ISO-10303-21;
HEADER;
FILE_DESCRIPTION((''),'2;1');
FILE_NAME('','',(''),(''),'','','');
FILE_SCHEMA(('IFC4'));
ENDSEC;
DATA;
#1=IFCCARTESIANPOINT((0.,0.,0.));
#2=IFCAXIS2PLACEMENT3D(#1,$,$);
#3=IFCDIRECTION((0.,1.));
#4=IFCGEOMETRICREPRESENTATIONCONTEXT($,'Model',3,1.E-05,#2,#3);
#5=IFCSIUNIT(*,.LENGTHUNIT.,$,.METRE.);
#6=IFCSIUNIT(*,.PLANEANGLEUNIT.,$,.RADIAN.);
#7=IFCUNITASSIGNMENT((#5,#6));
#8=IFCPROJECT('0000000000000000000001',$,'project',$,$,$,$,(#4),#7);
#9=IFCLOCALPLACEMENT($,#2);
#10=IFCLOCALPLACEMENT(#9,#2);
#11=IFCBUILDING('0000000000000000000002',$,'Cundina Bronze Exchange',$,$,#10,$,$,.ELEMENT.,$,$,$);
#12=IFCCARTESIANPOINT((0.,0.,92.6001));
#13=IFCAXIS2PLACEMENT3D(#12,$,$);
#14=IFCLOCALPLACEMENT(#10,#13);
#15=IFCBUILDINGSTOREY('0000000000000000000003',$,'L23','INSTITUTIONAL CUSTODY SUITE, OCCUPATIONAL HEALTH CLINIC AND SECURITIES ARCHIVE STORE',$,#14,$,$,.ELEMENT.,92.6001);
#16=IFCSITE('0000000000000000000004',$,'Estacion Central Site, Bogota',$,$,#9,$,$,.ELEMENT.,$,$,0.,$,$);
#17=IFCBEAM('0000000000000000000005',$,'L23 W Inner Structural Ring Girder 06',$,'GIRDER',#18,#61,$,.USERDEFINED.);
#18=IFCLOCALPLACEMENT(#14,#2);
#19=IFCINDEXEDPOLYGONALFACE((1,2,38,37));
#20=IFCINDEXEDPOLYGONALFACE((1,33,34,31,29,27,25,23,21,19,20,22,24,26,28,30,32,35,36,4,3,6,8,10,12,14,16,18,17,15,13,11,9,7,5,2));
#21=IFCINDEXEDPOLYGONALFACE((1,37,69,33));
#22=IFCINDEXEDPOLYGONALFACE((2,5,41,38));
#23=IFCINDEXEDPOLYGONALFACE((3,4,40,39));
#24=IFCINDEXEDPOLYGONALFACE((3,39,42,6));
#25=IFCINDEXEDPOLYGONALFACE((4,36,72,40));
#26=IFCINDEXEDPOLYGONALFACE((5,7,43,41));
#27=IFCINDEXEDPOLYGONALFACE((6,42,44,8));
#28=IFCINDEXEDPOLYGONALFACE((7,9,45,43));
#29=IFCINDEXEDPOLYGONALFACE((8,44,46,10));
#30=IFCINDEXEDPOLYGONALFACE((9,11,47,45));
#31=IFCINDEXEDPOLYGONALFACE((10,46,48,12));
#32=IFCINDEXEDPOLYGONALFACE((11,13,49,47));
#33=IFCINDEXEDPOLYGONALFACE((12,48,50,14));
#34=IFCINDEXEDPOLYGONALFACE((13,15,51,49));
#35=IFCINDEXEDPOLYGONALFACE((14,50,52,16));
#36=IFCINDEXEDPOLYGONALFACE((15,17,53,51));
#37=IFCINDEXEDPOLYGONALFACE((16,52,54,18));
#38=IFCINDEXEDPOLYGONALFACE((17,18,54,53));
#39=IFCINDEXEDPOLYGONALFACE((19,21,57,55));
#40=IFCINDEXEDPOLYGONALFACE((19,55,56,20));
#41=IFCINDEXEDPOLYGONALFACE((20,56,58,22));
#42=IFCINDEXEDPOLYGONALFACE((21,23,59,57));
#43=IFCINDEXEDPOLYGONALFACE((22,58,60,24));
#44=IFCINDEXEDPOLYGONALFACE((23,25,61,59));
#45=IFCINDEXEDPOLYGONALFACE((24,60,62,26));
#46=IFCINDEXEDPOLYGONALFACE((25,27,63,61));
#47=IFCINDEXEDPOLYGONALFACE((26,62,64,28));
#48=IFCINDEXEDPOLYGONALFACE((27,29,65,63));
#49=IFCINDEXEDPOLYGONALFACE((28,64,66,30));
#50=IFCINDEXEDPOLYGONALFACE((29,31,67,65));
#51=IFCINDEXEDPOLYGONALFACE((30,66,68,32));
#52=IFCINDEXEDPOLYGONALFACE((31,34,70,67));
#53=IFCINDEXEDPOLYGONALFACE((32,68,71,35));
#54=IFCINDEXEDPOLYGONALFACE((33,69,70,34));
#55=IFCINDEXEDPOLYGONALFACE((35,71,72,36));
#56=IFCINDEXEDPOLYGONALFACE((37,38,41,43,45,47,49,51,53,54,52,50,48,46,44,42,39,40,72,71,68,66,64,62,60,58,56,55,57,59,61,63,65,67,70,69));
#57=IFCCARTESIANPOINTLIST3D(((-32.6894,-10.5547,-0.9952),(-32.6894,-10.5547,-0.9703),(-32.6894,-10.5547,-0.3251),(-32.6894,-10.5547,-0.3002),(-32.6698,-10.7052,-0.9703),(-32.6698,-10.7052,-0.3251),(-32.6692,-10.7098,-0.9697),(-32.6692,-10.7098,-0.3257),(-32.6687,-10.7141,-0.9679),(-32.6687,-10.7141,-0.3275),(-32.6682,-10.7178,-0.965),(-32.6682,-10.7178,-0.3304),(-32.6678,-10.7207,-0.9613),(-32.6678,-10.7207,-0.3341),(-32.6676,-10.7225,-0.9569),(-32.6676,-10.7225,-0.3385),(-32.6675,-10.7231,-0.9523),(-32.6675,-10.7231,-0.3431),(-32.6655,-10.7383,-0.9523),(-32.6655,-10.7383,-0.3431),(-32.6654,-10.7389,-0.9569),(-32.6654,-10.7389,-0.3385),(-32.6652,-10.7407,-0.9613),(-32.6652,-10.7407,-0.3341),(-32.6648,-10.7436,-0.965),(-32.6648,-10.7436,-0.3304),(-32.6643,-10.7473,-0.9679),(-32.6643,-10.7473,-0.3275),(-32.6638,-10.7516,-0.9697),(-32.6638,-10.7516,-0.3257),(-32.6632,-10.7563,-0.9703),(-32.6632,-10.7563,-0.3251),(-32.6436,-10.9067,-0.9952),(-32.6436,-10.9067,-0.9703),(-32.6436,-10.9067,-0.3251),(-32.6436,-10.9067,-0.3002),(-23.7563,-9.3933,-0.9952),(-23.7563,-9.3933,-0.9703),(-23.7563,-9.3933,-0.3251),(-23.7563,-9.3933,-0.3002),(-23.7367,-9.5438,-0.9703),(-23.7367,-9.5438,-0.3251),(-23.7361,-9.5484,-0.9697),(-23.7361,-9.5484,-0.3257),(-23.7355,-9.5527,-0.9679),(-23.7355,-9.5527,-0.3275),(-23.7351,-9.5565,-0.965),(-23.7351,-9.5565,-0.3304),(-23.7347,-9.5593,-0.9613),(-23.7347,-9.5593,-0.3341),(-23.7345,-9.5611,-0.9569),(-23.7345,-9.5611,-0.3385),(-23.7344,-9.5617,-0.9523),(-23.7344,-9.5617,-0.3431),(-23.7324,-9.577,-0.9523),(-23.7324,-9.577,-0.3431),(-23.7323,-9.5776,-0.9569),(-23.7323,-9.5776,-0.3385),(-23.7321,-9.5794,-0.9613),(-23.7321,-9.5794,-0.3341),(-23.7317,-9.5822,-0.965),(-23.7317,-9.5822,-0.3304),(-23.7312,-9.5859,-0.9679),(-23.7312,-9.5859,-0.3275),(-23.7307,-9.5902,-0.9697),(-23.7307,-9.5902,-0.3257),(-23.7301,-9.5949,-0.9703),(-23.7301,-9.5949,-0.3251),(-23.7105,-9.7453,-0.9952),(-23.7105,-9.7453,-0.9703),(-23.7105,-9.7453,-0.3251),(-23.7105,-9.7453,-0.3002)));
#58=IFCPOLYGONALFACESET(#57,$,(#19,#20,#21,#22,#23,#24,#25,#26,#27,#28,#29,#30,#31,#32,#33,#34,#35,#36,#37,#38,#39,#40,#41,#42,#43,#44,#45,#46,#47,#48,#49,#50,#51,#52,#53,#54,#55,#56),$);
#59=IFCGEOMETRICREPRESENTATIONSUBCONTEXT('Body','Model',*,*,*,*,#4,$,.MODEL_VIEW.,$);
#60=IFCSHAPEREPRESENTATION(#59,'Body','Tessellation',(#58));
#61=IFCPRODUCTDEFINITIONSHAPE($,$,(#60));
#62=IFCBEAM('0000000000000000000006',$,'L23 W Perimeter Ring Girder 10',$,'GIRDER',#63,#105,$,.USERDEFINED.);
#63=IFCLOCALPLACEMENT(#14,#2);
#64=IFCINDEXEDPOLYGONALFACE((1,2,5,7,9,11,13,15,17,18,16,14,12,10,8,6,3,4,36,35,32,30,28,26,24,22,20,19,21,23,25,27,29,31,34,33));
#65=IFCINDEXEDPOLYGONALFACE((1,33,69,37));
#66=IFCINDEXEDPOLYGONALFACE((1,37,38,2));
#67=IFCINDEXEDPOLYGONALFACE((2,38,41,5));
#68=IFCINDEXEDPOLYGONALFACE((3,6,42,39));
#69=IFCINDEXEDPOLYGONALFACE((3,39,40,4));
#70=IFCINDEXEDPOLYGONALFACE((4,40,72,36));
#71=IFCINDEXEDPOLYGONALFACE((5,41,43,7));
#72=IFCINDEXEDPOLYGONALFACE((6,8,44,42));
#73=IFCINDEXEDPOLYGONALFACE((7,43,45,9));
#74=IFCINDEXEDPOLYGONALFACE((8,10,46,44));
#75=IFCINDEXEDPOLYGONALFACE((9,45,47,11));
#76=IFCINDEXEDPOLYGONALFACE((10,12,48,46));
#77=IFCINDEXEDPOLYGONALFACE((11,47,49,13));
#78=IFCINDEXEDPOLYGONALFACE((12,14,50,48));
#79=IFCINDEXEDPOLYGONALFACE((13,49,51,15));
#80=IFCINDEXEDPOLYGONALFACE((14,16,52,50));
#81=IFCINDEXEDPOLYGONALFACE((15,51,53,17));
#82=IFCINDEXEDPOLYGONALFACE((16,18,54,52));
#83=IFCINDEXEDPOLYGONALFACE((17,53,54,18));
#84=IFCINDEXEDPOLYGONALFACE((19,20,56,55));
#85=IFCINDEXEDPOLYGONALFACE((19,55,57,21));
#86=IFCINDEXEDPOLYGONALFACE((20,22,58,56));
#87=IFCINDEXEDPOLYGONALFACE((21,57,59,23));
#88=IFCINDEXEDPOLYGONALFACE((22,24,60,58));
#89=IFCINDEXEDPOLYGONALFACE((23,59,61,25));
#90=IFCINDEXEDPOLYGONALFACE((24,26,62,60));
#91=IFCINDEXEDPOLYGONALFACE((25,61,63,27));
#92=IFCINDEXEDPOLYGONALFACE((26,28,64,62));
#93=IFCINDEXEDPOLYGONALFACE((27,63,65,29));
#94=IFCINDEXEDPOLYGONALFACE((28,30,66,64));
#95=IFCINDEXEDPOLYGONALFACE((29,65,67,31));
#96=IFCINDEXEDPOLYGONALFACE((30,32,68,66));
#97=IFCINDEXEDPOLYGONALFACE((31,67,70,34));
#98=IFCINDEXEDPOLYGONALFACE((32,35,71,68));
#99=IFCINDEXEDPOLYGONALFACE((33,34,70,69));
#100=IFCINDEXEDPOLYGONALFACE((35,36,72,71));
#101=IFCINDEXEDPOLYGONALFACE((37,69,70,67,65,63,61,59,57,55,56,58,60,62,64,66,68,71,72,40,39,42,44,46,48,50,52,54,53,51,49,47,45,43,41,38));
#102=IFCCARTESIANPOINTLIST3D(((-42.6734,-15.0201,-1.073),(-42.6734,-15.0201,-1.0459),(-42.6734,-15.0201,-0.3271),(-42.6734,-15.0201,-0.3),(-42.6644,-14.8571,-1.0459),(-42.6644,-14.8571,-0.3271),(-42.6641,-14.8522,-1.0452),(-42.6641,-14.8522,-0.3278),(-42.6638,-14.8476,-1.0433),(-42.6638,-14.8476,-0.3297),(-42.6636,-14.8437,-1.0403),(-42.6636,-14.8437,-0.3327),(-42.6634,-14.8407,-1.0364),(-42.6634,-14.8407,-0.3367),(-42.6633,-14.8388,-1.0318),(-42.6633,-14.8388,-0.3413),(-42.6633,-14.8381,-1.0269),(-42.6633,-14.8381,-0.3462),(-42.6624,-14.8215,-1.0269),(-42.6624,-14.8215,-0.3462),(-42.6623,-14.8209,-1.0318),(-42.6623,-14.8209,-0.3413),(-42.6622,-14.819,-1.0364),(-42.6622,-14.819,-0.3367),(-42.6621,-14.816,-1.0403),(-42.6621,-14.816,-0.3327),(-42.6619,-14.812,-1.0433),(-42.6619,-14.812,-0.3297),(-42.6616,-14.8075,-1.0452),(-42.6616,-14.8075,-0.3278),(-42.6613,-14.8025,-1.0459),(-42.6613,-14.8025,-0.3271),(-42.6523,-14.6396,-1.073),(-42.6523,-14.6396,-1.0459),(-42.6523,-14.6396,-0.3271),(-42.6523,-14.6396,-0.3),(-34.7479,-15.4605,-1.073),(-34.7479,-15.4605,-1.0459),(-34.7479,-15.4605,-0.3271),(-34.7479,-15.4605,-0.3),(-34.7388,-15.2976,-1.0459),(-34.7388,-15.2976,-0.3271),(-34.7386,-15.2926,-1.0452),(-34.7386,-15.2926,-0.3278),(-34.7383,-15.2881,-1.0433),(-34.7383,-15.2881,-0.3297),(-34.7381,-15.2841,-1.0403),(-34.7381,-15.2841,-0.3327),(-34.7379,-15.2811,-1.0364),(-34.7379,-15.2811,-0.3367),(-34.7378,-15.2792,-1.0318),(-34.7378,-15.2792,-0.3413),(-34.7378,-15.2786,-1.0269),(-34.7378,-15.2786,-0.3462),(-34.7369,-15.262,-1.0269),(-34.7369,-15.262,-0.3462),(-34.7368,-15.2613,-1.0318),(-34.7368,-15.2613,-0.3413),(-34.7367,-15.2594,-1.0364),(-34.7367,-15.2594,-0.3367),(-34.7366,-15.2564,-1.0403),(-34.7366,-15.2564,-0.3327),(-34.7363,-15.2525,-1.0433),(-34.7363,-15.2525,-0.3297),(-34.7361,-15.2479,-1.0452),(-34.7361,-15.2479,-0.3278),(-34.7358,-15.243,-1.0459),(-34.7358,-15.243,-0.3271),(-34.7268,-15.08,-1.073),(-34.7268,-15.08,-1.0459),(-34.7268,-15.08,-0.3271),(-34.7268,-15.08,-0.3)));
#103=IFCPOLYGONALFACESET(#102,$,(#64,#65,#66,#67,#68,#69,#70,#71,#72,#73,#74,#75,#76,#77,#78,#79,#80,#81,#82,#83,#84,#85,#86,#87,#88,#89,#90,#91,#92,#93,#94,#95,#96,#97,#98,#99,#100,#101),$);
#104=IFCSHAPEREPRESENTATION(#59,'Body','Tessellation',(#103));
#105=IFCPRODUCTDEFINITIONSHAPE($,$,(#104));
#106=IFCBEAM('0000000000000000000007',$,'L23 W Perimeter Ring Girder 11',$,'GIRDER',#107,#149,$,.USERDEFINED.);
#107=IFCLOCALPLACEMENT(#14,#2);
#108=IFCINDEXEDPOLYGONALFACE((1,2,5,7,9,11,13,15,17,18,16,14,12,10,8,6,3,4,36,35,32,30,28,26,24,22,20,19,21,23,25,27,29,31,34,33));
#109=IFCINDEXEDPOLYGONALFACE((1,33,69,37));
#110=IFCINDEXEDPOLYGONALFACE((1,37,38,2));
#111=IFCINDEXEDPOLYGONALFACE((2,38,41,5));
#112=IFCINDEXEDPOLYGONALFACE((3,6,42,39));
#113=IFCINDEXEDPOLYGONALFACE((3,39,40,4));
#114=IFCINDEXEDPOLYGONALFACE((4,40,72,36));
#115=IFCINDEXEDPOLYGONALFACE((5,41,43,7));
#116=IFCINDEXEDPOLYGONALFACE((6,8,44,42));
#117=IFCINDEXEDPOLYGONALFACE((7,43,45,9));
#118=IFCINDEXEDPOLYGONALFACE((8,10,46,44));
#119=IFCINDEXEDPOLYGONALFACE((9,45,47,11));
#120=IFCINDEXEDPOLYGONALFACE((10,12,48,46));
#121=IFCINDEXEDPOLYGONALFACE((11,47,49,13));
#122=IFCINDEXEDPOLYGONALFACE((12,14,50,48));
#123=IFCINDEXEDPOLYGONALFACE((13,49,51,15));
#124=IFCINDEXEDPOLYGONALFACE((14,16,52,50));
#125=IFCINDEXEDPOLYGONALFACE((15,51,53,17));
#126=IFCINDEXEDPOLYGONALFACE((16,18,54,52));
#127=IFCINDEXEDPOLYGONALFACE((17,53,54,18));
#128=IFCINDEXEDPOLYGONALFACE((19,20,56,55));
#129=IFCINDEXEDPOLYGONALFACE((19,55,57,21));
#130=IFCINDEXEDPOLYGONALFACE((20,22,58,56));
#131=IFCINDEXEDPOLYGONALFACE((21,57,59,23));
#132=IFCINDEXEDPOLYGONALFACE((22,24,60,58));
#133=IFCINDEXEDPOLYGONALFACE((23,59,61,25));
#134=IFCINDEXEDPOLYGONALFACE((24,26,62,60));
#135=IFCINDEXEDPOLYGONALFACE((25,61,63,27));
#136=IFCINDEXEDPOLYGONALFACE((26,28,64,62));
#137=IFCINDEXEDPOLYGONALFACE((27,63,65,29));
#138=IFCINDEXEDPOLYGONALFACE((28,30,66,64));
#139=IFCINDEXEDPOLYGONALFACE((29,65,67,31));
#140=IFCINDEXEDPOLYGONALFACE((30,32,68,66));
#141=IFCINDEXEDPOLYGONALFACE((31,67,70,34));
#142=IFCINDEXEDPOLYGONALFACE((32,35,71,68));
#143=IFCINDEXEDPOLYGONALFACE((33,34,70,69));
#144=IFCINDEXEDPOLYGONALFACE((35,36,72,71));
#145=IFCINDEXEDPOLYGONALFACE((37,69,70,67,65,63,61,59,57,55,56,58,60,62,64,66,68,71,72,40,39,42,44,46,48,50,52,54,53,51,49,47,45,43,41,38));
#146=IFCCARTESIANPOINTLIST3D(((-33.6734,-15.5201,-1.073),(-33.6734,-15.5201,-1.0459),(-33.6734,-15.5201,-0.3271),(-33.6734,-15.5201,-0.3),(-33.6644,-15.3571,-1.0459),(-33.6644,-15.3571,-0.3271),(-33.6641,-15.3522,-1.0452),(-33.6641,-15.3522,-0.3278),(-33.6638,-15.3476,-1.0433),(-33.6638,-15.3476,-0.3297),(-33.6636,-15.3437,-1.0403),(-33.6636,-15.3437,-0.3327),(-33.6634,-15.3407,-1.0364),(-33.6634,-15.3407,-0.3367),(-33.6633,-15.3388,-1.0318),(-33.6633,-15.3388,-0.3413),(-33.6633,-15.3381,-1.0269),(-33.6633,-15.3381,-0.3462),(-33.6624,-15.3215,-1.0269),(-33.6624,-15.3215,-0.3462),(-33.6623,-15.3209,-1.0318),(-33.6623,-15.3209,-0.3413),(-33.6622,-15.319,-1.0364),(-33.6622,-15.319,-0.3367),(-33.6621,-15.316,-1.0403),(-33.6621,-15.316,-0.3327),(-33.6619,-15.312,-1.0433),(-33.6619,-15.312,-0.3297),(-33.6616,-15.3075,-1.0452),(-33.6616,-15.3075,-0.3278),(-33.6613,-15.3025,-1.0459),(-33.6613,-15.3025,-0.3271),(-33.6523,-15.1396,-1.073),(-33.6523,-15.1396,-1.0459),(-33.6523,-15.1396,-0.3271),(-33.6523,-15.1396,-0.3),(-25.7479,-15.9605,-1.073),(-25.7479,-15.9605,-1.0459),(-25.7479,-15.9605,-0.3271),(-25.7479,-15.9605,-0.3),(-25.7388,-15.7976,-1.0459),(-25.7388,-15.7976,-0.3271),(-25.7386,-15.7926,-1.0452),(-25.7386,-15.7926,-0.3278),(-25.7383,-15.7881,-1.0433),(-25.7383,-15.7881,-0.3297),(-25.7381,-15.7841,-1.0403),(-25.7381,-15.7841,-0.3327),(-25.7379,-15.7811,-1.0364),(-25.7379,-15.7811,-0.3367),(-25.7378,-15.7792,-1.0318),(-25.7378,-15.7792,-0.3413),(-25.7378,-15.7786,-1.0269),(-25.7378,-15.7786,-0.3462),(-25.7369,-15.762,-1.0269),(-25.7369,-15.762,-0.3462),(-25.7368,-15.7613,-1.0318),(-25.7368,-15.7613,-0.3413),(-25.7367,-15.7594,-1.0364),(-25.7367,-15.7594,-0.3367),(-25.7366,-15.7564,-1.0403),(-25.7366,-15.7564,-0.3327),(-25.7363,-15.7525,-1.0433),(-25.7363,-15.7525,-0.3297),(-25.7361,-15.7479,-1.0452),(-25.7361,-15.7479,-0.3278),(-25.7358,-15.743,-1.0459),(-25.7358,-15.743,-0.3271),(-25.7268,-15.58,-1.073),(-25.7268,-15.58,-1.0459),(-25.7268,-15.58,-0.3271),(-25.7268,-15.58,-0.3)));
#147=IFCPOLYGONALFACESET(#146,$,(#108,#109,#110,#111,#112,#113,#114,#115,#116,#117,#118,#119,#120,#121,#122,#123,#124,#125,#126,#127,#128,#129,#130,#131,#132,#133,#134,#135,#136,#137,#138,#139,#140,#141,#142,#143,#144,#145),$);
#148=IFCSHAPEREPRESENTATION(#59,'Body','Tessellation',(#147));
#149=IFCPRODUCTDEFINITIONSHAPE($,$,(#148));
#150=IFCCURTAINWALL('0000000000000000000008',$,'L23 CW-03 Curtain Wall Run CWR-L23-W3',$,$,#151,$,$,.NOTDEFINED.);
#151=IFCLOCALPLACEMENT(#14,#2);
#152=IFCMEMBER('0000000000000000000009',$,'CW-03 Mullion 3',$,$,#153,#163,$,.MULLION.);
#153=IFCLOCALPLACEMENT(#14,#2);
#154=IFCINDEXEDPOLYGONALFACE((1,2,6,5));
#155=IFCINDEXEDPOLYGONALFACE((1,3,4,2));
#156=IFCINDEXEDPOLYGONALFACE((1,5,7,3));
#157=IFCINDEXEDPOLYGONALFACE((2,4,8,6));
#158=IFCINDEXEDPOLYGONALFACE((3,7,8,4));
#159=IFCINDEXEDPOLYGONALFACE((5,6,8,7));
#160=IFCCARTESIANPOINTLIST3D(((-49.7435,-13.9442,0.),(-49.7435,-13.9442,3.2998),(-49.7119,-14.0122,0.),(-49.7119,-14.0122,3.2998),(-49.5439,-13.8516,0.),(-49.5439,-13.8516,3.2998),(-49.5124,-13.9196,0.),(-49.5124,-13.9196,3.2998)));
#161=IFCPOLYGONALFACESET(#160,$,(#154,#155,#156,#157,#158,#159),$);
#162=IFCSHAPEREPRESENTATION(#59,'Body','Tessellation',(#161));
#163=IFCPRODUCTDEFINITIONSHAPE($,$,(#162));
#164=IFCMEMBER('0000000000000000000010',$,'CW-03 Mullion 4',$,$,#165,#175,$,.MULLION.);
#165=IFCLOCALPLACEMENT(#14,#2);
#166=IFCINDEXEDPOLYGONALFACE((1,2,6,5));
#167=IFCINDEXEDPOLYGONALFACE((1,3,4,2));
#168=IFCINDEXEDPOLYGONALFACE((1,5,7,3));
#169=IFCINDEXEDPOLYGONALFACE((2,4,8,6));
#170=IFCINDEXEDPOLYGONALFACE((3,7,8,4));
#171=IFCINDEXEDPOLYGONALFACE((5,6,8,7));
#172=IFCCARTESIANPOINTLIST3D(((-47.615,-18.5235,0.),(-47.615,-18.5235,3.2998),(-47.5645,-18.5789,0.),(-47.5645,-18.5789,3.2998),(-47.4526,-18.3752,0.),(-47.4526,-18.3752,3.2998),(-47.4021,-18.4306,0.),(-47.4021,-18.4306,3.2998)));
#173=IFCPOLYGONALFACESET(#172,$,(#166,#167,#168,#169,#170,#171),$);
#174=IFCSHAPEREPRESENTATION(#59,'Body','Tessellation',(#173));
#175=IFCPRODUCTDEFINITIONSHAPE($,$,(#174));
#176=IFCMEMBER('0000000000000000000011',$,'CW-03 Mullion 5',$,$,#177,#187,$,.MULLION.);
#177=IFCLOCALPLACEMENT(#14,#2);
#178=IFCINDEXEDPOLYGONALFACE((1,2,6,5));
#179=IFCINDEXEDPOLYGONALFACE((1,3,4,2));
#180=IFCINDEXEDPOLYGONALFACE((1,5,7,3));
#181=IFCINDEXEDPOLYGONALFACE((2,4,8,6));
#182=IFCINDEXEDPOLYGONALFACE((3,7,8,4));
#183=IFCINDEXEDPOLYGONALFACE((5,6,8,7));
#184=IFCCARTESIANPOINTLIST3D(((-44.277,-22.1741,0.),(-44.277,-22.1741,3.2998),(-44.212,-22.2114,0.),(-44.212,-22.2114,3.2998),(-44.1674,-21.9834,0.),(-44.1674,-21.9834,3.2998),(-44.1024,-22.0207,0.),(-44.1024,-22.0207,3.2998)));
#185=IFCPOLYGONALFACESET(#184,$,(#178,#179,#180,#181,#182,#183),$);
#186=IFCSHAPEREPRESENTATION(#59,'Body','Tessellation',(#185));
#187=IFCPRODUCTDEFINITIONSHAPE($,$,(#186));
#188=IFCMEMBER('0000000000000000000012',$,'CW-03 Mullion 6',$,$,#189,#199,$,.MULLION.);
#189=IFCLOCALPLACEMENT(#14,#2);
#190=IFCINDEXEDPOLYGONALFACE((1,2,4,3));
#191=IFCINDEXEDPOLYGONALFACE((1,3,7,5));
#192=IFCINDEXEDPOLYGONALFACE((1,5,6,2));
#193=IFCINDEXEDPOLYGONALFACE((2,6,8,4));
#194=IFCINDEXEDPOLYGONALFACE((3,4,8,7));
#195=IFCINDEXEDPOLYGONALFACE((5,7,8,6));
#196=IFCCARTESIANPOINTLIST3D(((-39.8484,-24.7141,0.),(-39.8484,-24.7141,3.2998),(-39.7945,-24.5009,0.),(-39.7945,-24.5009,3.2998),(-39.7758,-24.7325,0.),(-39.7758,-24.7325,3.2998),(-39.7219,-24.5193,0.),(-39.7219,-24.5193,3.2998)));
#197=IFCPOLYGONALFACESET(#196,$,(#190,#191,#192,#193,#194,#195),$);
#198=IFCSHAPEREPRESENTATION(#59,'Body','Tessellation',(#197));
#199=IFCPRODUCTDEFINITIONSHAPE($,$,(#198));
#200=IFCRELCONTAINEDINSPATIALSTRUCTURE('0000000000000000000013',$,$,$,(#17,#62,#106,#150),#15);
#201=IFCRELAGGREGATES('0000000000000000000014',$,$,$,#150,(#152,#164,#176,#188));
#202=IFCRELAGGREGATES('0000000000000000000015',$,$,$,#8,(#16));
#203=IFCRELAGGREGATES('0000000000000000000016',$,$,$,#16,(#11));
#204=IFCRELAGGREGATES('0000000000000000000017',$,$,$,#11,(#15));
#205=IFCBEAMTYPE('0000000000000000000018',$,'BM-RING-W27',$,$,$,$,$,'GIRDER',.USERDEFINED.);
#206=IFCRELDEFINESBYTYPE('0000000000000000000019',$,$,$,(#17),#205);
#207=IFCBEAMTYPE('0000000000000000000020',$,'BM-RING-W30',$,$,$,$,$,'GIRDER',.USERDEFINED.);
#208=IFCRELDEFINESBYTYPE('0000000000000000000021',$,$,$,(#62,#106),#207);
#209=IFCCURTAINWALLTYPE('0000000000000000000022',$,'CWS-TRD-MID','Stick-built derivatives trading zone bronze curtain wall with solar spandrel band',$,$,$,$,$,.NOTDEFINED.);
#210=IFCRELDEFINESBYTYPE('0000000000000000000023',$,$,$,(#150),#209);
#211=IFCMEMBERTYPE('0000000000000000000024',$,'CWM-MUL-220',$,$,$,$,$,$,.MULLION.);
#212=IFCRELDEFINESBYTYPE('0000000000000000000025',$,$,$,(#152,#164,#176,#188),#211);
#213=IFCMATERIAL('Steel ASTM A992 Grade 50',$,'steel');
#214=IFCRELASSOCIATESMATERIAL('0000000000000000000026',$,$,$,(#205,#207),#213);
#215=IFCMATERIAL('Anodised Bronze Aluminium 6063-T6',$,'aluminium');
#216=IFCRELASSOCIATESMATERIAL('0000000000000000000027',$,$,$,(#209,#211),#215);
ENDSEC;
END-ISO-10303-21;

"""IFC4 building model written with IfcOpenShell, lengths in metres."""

from ifc_helpers import new_model, si_unit, direction, frame, origin, origin_2d, place, context, subcontext, project, spatial, rectangle, i_section, extrude, material, material_profile, profile_set, type_object, element, aggregate, save


model = new_model("IFC4")

# Units and contexts
model_context = context("Model", 3, precision=1e-05, world=origin(), true_north=direction((0.0, 1.0)))
body_context = subcontext(model_context, "Body", "Model", "MODEL_VIEW")
ifc_project = project(units=[si_unit("LENGTHUNIT", "METRE"), si_unit("PLANEANGLEUNIT", "RADIAN")], contexts=[model_context])

# Site, building, storey
site_placement = place(None, origin())
site = spatial("IfcSite", under=ifc_project, at=site_placement, Name="Estacion Central Site, Bogota", CompositionType="ELEMENT", RefElevation=0.0)
building_placement = place(site_placement, origin())
building = spatial("IfcBuilding", under=site, at=building_placement, Name="Cundina Bronze Exchange", CompositionType="ELEMENT")
storey_placement = place(building_placement, frame((0.0, 0.0, 92.6001)))
storey = spatial("IfcBuildingStorey", under=building, at=storey_placement, Name="L23", Description="INSTITUTIONAL CUSTODY SUITE, OCCUPATIONAL HEALTH CLINIC AND SECURITIES ARCHIVE STORE", CompositionType="ELEMENT", Elevation=92.6001)

# Beams
ifc_material_1 = material(Name="Steel ASTM A992 Grade 50", Category="steel")
ifc_material_profile_1 = material_profile(ifc_material_1, i_section(OverallWidth=0.355, OverallDepth=0.6951, WebThickness=0.0154, FlangeThickness=0.0249, FilletRadius=0.0181, at=origin_2d()), Name="W27X146", Category="steel")
ifc_profile_set_1 = profile_set([ifc_material_profile_1], Name="Steel ASTM A992 Grade 50")
beam_type_1 = type_object("IfcBeamType", Name="BM-RING-W27", ElementType="GIRDER", PredefinedType="USERDEFINED", material=ifc_profile_set_1)
beam_1_placement = place(storey_placement, frame((-32.6665, -10.7307, -0.6477), z_axis=(0.991655, 0.128923, 0.0), x_axis=(-0.128923, 0.991655, 0.0)))
element("IfcBeam", 1, at=beam_1_placement, inside=storey, type_object=beam_type_1, Name="L23 W Inner Structural Ring Girder 06", ObjectType="GIRDER", PredefinedType="USERDEFINED", context=body_context, shape_type="SweptSolid", body=[
    extrude(i_section(OverallWidth=0.355, OverallDepth=0.6951, WebThickness=0.0154, FlangeThickness=0.0249, FilletRadius=0.0181, at=origin_2d()), origin(), (0.0, 0.0, 1.0), 9.0083),
])
ifc_material_profile_2 = material_profile(ifc_material_1, i_section(OverallWidth=0.3811, OverallDepth=0.7729, WebThickness=0.0166, FlangeThickness=0.0271, FilletRadius=0.019, at=origin_2d()), Name="W30X173", Category="steel")
ifc_profile_set_2 = profile_set([ifc_material_profile_2], Name="Steel ASTM A992 Grade 50")
beam_type_2 = type_object("IfcBeamType", Name="BM-RING-W30", ElementType="GIRDER", PredefinedType="USERDEFINED", material=ifc_profile_set_2)
for number, where, z_axis, x_axis, name in (
    (2, (-42.6628, -14.8298, -0.6865), (0.99846, -0.055485, 0.0), (0.055485, 0.99846, 0.0), "L23 W Perimeter Ring Girder 10"),
    (3, (-33.6628, -15.3298, -0.6865), (0.99846, -0.055485, 0.0), (0.055485, 0.99846, 0.0), "L23 W Perimeter Ring Girder 11"),
):
    element("IfcBeam", number, at=place(storey_placement, frame(where, z_axis=z_axis, x_axis=x_axis)), inside=storey, type_object=beam_type_2, Name=name, ObjectType="GIRDER", PredefinedType="USERDEFINED", context=body_context, shape_type="SweptSolid", body=[
        extrude(i_section(OverallWidth=0.3811, OverallDepth=0.7729, WebThickness=0.0166, FlangeThickness=0.0271, FilletRadius=0.019, at=origin_2d()), origin(), (0.0, 0.0, 1.0), 7.9377),
    ])

# Curtain wall, members
ifc_material_2 = material(Name="Anodised Bronze Aluminium 6063-T6", Category="aluminium")
curtain_wall_type = type_object("IfcCurtainWallType", Name="CWS-TRD-MID", Description="Stick-built derivatives trading zone bronze curtain wall with solar spandrel band", PredefinedType="NOTDEFINED", material=ifc_material_2)
curtain_wall_placement = place(storey_placement, origin())
curtain_wall = element("IfcCurtainWall", 4, at=curtain_wall_placement, inside=storey, type_object=curtain_wall_type, Name="L23 CW-03 Curtain Wall Run CWR-L23-W3", PredefinedType="NOTDEFINED")
ifc_material_profile_3 = material_profile(ifc_material_2, rectangle(XDim=0.075, YDim=0.22, at=origin_2d()), Name="AL75X220", Category="aluminium")
ifc_profile_set_3 = profile_set([ifc_material_profile_3], Name="Anodised Bronze Aluminium 6063-T6")
member_type_1 = type_object("IfcMemberType", Name="CWM-MUL-220", PredefinedType="MULLION", material=ifc_profile_set_3)
member_1_placement = place(storey_placement, frame((-49.6279, -13.9319, 0.0), z_axis=(0.0, 0.0, 1.0), x_axis=(0.420877, -0.907117, 0.0)))
member_1 = element("IfcMember", 5, at=member_1_placement, type_object=member_type_1, Name="CW-03 Mullion 3", PredefinedType="MULLION", context=body_context, shape_type="SweptSolid", body=[
    extrude(rectangle(XDim=0.075, YDim=0.22, at=origin_2d()), origin(), (0.0, 0.0, 1.0), 3.2998),
])
member_2_placement = place(storey_placement, frame((-47.5085, -18.4771, 0.0), z_axis=(0.0, 0.0, 1.0), x_axis=(0.674302, -0.738455, 0.0)))
member_2 = element("IfcMember", 6, at=member_2_placement, type_object=member_type_1, Name="CW-03 Mullion 4", PredefinedType="MULLION", context=body_context, shape_type="SweptSolid", body=[
    extrude(rectangle(XDim=0.075, YDim=0.22, at=origin_2d()), origin(), (0.0, 0.0, 1.0), 3.2998),
])
member_3_placement = place(storey_placement, frame((-44.1897, -22.0974, 0.0), z_axis=(0.0, 0.0, 1.0), x_axis=(0.867071, -0.498185, 0.0)))
member_3 = element("IfcMember", 7, at=member_3_placement, type_object=member_type_1, Name="CW-03 Mullion 5", PredefinedType="MULLION", context=body_context, shape_type="SweptSolid", body=[
    extrude(rectangle(XDim=0.075, YDim=0.22, at=origin_2d()), origin(), (0.0, 0.0, 1.0), 3.2998),
])
member_4_placement = place(storey_placement, frame((-39.7852, -24.6167, 0.0), z_axis=(0.0, 0.0, 1.0), x_axis=(0.969488, -0.245138, 0.0)))
member_4 = element("IfcMember", 8, at=member_4_placement, type_object=member_type_1, Name="CW-03 Mullion 6", PredefinedType="MULLION", context=body_context, shape_type="SweptSolid", body=[
    extrude(rectangle(XDim=0.075, YDim=0.22, at=origin_2d()), origin(), (0.0, 0.0, 1.0), 3.2998),
])
aggregate(curtain_wall, [member_1, member_2, member_3, member_4])

save(model, "model.ifc")
